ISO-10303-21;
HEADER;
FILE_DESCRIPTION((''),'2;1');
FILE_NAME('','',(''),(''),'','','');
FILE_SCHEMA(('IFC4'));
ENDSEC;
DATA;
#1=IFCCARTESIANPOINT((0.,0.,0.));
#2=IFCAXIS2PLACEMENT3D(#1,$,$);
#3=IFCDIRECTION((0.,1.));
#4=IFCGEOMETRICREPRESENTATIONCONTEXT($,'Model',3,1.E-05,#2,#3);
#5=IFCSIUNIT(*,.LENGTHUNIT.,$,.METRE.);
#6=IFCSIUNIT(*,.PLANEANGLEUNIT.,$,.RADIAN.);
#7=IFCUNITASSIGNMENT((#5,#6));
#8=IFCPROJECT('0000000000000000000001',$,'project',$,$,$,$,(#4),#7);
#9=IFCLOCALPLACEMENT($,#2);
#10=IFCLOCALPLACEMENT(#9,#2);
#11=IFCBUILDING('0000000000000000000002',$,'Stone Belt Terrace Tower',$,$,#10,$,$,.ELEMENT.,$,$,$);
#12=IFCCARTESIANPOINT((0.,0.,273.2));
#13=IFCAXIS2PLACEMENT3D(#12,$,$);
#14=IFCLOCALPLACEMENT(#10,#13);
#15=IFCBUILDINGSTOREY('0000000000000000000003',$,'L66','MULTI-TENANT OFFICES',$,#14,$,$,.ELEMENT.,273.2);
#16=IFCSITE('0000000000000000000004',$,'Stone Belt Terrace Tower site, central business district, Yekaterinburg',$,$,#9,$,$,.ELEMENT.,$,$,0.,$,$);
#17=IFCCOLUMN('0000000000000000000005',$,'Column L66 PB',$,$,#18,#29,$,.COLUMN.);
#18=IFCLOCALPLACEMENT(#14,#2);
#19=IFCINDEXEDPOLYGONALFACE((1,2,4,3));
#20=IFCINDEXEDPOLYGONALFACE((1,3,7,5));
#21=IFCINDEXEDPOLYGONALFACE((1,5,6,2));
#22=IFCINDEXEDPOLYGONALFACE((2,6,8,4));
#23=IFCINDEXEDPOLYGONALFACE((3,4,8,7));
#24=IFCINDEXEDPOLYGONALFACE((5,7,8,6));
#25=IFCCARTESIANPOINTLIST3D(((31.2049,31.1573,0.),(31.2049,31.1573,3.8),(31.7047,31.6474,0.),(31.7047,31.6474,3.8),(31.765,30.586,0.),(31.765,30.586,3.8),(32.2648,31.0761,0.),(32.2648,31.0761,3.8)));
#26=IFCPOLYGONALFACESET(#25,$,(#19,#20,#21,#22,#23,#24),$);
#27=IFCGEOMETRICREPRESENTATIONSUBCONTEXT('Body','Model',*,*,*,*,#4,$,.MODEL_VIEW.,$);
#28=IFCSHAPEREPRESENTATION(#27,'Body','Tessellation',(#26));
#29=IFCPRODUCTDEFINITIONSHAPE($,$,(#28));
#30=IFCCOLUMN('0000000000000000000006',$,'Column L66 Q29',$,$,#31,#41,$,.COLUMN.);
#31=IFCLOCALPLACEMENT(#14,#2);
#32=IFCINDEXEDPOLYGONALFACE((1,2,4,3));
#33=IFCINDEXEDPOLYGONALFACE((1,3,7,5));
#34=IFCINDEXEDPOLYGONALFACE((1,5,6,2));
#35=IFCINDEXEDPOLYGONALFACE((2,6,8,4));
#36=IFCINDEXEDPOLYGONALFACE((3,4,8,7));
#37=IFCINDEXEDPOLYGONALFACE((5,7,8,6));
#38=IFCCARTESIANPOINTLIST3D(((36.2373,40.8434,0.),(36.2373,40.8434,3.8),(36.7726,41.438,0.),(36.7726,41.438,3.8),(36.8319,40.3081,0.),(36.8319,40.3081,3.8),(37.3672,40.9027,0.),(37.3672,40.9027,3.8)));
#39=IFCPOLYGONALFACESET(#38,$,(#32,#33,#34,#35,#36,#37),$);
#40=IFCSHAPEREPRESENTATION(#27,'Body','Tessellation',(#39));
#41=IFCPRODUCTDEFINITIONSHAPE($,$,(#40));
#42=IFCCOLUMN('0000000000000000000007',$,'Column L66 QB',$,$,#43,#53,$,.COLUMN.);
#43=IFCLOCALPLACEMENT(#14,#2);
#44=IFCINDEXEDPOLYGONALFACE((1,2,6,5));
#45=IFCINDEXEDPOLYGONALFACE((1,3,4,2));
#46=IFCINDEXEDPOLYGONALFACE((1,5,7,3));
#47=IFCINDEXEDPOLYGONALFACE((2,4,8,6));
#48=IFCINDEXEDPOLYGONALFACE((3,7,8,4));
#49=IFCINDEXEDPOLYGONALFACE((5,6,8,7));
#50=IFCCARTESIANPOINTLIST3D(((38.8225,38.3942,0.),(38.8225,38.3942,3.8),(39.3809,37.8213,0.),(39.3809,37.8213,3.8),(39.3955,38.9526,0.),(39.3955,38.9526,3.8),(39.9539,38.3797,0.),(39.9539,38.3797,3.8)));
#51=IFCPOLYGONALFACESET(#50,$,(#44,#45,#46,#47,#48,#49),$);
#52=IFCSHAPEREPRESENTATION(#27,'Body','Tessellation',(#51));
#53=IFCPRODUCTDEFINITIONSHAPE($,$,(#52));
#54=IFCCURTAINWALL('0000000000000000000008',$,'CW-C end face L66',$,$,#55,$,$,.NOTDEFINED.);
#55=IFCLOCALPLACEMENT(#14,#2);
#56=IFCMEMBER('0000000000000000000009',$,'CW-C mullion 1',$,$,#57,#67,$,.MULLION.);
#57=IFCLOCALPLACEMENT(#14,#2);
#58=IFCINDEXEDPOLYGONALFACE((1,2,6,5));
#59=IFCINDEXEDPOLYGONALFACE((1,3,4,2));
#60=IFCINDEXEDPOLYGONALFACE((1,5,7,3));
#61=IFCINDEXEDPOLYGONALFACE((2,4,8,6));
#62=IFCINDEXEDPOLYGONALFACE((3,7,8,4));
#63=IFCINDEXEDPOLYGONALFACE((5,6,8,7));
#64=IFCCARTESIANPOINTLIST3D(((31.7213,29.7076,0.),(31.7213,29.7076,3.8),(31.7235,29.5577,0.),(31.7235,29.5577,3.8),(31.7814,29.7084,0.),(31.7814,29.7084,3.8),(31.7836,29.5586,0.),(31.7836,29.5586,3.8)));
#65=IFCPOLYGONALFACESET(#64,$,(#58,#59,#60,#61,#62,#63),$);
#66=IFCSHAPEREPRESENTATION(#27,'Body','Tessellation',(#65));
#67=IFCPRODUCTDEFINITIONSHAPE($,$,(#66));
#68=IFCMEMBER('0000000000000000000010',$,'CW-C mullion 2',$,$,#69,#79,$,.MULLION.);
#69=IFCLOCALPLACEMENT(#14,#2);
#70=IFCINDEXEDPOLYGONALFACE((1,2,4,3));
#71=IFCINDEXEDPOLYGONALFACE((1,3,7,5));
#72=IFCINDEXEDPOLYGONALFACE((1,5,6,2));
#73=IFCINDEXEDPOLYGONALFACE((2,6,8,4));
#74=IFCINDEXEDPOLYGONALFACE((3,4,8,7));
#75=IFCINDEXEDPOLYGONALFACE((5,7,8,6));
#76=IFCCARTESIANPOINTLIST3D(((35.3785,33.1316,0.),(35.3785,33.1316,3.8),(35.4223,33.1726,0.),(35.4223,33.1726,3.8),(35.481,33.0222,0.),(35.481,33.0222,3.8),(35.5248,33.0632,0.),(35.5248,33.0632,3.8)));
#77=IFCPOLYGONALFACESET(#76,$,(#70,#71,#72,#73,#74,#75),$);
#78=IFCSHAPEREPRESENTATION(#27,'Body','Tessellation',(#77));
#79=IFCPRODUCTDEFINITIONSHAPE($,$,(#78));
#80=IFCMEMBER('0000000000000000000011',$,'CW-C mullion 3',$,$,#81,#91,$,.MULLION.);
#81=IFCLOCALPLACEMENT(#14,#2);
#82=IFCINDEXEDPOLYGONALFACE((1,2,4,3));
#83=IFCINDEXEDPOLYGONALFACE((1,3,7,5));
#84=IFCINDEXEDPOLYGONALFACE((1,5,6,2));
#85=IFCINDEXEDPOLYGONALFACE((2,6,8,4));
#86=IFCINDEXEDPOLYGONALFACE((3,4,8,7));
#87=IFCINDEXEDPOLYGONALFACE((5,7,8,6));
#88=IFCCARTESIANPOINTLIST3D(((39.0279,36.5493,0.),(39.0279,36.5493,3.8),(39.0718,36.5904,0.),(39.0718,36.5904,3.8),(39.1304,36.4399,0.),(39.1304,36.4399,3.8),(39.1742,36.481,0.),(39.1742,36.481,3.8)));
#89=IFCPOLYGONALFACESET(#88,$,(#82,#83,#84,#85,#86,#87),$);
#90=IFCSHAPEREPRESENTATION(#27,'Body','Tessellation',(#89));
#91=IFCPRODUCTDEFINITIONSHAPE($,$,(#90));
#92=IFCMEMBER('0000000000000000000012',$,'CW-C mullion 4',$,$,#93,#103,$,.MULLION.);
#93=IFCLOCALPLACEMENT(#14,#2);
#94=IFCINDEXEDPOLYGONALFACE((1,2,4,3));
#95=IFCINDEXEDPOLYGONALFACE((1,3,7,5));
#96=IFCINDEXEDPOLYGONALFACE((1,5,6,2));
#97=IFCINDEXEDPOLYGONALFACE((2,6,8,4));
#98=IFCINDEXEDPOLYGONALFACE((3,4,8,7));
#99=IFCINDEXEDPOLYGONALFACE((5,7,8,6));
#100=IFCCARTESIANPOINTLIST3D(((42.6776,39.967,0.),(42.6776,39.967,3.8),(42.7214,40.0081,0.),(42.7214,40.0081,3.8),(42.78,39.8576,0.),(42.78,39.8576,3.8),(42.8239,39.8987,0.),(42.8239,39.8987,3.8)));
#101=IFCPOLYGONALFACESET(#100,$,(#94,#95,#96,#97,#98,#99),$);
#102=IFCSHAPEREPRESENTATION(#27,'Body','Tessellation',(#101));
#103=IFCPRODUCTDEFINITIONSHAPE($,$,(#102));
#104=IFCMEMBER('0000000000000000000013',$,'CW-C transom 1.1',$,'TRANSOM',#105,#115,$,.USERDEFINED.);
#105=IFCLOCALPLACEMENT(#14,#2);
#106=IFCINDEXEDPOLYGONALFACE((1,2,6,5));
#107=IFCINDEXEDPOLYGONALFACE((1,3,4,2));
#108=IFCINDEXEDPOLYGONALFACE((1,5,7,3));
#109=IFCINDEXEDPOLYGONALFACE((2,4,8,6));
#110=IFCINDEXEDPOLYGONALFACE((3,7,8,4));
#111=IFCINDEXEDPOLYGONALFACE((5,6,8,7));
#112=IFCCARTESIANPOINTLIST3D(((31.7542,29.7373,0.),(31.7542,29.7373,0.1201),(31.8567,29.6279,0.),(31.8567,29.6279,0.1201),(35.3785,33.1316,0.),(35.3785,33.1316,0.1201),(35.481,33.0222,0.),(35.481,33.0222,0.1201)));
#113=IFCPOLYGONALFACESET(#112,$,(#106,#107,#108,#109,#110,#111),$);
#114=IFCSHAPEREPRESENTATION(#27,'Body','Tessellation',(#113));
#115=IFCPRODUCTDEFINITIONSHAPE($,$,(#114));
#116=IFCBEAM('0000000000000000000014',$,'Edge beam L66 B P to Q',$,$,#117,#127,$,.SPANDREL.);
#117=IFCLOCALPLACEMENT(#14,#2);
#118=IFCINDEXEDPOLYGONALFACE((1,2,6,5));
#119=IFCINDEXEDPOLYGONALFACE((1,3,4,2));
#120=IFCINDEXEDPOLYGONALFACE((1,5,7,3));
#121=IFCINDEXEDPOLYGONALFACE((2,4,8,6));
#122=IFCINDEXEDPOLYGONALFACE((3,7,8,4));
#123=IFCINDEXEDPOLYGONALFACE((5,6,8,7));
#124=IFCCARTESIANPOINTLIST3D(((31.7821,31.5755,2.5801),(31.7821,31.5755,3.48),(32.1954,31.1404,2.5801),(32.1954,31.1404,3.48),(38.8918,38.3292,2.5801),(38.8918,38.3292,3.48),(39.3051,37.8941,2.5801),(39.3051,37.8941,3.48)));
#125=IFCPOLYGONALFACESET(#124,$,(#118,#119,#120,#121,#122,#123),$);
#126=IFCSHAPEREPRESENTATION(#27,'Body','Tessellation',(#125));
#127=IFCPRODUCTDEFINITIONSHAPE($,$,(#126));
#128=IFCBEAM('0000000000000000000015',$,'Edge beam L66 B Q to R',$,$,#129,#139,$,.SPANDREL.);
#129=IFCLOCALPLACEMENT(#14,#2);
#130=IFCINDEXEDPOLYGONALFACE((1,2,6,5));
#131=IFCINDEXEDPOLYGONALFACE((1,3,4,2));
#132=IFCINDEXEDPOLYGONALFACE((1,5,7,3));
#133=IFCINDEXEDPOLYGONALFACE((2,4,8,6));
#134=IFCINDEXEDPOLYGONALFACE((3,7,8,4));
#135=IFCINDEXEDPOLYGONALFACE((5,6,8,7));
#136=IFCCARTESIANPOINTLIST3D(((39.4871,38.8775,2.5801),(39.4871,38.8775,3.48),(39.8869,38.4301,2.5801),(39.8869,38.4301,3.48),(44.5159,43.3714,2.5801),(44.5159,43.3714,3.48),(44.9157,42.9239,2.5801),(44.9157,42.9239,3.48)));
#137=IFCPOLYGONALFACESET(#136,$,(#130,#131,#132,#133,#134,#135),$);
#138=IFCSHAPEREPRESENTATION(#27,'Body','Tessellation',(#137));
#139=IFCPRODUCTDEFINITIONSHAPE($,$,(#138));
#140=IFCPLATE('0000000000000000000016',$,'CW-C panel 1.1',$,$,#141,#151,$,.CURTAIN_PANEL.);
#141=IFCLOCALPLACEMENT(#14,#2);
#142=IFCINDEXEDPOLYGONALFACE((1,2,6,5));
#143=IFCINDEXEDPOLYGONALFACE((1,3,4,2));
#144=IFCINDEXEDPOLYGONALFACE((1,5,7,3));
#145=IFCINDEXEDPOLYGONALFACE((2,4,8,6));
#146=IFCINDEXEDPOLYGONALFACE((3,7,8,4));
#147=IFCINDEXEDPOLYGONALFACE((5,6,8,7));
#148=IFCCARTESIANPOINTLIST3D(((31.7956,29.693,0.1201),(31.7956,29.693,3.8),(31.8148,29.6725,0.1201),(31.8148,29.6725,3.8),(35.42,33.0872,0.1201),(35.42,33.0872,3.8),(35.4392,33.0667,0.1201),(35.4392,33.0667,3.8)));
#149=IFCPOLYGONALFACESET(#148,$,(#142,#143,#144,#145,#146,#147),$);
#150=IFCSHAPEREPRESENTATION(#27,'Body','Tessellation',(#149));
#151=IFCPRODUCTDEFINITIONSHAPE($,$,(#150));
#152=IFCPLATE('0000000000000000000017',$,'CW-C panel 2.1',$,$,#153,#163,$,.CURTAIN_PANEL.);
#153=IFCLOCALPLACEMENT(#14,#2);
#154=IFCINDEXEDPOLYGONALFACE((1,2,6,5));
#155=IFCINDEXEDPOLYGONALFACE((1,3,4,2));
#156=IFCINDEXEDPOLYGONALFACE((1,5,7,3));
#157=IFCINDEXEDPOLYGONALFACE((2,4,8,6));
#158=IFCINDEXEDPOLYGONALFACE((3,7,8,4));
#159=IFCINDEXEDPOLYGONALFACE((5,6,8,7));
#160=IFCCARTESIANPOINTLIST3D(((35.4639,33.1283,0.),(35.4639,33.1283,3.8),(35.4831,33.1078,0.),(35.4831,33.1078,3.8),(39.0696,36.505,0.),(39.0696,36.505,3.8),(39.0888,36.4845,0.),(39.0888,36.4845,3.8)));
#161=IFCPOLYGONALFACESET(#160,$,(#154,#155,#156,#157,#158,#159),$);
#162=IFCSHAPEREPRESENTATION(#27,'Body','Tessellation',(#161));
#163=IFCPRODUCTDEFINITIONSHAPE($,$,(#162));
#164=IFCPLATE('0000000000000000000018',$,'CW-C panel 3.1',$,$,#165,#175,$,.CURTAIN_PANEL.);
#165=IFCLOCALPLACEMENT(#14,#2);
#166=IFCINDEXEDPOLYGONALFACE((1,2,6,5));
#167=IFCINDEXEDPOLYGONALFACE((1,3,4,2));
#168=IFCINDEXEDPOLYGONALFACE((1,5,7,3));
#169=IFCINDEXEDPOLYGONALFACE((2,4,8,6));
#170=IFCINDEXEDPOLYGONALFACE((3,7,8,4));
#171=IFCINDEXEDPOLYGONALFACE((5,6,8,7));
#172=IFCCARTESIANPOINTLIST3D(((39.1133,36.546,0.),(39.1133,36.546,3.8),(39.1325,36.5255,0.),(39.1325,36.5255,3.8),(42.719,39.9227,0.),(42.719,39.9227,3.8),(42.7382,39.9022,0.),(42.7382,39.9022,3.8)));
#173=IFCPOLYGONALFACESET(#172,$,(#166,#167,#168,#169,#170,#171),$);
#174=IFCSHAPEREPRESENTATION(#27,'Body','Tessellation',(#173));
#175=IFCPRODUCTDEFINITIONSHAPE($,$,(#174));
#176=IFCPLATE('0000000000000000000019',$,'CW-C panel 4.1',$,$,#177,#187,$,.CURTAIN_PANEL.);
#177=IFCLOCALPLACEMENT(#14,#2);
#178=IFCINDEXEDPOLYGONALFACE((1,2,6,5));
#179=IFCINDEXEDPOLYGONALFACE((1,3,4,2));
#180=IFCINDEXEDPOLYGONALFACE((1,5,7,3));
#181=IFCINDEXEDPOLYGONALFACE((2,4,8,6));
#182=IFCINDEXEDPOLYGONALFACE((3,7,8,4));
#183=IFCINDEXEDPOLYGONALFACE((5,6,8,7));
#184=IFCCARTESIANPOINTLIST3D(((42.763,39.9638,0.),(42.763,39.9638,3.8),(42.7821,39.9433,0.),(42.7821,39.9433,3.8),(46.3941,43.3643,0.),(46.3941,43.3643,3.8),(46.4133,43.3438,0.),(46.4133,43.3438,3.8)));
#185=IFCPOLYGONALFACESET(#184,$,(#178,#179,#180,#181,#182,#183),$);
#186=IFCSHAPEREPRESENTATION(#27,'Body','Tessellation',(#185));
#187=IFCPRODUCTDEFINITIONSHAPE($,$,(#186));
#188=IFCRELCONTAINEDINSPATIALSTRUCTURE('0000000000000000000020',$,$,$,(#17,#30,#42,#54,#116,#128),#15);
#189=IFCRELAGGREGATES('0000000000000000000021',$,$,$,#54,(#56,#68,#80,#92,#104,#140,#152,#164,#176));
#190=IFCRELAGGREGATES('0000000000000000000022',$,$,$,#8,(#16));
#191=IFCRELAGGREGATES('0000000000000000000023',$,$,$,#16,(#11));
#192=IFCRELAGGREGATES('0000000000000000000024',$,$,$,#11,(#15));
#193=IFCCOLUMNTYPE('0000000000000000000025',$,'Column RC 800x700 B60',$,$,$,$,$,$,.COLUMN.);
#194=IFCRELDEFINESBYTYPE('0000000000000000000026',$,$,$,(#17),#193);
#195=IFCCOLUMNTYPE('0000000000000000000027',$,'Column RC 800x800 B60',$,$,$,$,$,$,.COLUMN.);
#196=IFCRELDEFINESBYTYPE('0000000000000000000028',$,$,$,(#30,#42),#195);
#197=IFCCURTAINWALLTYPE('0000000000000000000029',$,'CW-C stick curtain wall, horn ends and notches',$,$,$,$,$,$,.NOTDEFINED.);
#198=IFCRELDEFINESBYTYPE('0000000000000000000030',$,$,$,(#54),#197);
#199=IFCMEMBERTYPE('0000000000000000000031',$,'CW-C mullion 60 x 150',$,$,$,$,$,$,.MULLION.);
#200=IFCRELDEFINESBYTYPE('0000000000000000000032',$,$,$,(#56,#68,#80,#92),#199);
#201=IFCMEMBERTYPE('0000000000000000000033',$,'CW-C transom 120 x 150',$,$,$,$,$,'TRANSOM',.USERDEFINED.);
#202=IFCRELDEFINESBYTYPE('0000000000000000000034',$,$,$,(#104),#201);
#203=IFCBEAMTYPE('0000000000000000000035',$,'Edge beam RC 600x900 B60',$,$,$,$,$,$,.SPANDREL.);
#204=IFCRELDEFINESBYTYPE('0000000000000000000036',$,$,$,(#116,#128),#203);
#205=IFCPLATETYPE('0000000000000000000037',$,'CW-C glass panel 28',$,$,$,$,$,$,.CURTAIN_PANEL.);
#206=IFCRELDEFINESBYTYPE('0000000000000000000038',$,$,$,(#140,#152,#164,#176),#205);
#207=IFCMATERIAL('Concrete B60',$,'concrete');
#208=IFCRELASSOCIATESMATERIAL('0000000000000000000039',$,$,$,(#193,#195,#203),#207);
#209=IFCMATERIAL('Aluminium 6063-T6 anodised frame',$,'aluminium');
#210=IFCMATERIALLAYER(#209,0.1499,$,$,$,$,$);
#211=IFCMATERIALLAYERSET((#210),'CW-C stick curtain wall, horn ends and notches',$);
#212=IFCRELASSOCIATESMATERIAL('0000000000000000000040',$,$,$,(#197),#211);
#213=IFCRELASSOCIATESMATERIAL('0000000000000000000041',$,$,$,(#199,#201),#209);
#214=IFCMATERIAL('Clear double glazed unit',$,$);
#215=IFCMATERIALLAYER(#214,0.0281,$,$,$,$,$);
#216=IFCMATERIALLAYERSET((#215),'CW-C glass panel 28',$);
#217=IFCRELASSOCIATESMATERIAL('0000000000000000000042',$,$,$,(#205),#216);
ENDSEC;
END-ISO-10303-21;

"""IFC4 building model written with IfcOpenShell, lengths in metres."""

from ifc_helpers import new_model, si_unit, direction, frame, origin, origin_2d, place, context, subcontext, project, spatial, rectangle, extrude, material, layer, layer_set, material_profile, profile_set, type_object, element, aggregate, save


model = new_model("IFC4")

# Units and contexts
model_context = context("Model", 3, precision=1e-05, world=origin(), true_north=direction((0.0, 1.0)))
body_context = subcontext(model_context, "Body", "Model", "MODEL_VIEW")
ifc_project = project(units=[si_unit("LENGTHUNIT", "METRE"), si_unit("PLANEANGLEUNIT", "RADIAN")], contexts=[model_context])

# Site, building, storey
site_placement = place(None, origin())
site = spatial("IfcSite", under=ifc_project, at=site_placement, Name="Stone Belt Terrace Tower site, central business district, Yekaterinburg", CompositionType="ELEMENT", RefElevation=0.0)
building_placement = place(site_placement, origin())
building = spatial("IfcBuilding", under=site, at=building_placement, Name="Stone Belt Terrace Tower", CompositionType="ELEMENT")
storey_placement = place(building_placement, frame((0.0, 0.0, 273.2)))
storey = spatial("IfcBuildingStorey", under=building, at=storey_placement, Name="L66", Description="MULTI-TENANT OFFICES", CompositionType="ELEMENT", Elevation=273.2)

# Columns
ifc_material_1 = material(Name="Concrete B60", Category="concrete")
ifc_material_profile_1 = material_profile(ifc_material_1, rectangle(XDim=0.8, YDim=0.7, at=origin_2d()), Name="RC 800x700")
ifc_profile_set_1 = profile_set([ifc_material_profile_1], Name="Concrete B60")
column_type_1 = type_object("IfcColumnType", Name="Column RC 800x700 B60", PredefinedType="COLUMN", material=ifc_profile_set_1)
column_placement = place(storey_placement, frame((31.7349, 31.1167, 0.0), z_axis=(0.0, 0.0, 1.0), x_axis=(0.70012, -0.714026, 0.0)))
element("IfcColumn", 1, at=column_placement, inside=storey, type_object=column_type_1, Name="Column L66 PB", PredefinedType="COLUMN", context=body_context, shape_type="SweptSolid", body=[
    extrude(rectangle(XDim=0.8, YDim=0.7, at=origin_2d()), origin(), (0.0, 0.0, 1.0), 3.8),
])
ifc_material_profile_2 = material_profile(ifc_material_1, rectangle(XDim=0.8, YDim=0.8, at=origin_2d()), Name="RC 800x800")
ifc_profile_set_2 = profile_set([ifc_material_profile_2], Name="Concrete B60")
column_type_2 = type_object("IfcColumnType", Name="Column RC 800x800 B60", PredefinedType="COLUMN", material=ifc_profile_set_2)
for number, where, z_axis, x_axis, name in (
    (2, (36.8022, 40.873, 0.0), (0.0, 0.0, 1.0), (0.743145, -0.669131, 0.0), "Column L66 Q29"),
    (3, (39.3882, 38.387, 0.0), (0.0, 0.0, 1.0), (0.697944, -0.716152, 0.0), "Column L66 QB"),
):
    element("IfcColumn", number, at=place(storey_placement, frame(where, z_axis=z_axis, x_axis=x_axis)), inside=storey, type_object=column_type_2, Name=name, PredefinedType="COLUMN", context=body_context, shape_type="SweptSolid", body=[
        extrude(rectangle(XDim=0.8, YDim=0.8, at=origin_2d()), origin(), (0.0, 0.0, 1.0), 3.8),
    ])

# Curtain wall, members
ifc_material_2 = material(Name="Aluminium 6063-T6 anodised frame", Category="aluminium")
ifc_layer_1 = layer(ifc_material_2, 0.1499)
ifc_layer_set_1 = layer_set([ifc_layer_1], Name="CW-C stick curtain wall, horn ends and notches")
curtain_wall_type = type_object("IfcCurtainWallType", Name="CW-C stick curtain wall, horn ends and notches", PredefinedType="NOTDEFINED", material=ifc_layer_set_1)
curtain_wall_placement = place(storey_placement, origin())
curtain_wall = element("IfcCurtainWall", 4, at=curtain_wall_placement, inside=storey, type_object=curtain_wall_type, Name="CW-C end face L66", PredefinedType="NOTDEFINED")
ifc_material_profile_3 = material_profile(ifc_material_2, rectangle(XDim=0.1499, YDim=0.0601, at=origin_2d()), Name="Aluminium 6063-T6 60x150")
ifc_profile_set_3 = profile_set([ifc_material_profile_3], Name="Aluminium 6063-T6 anodised frame")
member_type_1 = type_object("IfcMemberType", Name="CW-C mullion 60 x 150", PredefinedType="MULLION", material=ifc_profile_set_3)
member_1_placement = place(storey_placement, frame((31.7524, 29.6331, 0.0), z_axis=(0.0, 0.0, 1.0), x_axis=(-0.014682, 0.999892, 0.0)))
member_1 = element("IfcMember", 5, at=member_1_placement, type_object=member_type_1, Name="CW-C mullion 1", PredefinedType="MULLION", context=body_context, shape_type="SweptSolid", body=[
    extrude(rectangle(XDim=0.1499, YDim=0.0601, at=origin_2d()), origin(), (0.0, 0.0, 1.0), 3.8),
])
member_2_placement = place(storey_placement, frame((35.4517, 33.0974, 0.0), z_axis=(0.0, 0.0, 1.0), x_axis=(-0.683549, 0.729904, 0.0)))
member_2 = element("IfcMember", 6, at=member_2_placement, type_object=member_type_1, Name="CW-C mullion 2", PredefinedType="MULLION", context=body_context, shape_type="SweptSolid", body=[
    extrude(rectangle(XDim=0.1499, YDim=0.0601, at=origin_2d()), origin(), (0.0, 0.0, 1.0), 3.8),
])
member_3_placement = place(storey_placement, frame((39.1011, 36.5151, 0.0), z_axis=(0.0, 0.0, 1.0), x_axis=(-0.683549, 0.729904, 0.0)))
member_3 = element("IfcMember", 7, at=member_3_placement, type_object=member_type_1, Name="CW-C mullion 3", PredefinedType="MULLION", context=body_context, shape_type="SweptSolid", body=[
    extrude(rectangle(XDim=0.1499, YDim=0.0601, at=origin_2d()), origin(), (0.0, 0.0, 1.0), 3.8),
])
member_4_placement = place(storey_placement, frame((42.7507, 39.9329, 0.0), z_axis=(0.0, 0.0, 1.0), x_axis=(-0.683549, 0.729904, 0.0)))
member_4 = element("IfcMember", 8, at=member_4_placement, type_object=member_type_1, Name="CW-C mullion 4", PredefinedType="MULLION", context=body_context, shape_type="SweptSolid", body=[
    extrude(rectangle(XDim=0.1499, YDim=0.0601, at=origin_2d()), origin(), (0.0, 0.0, 1.0), 3.8),
])
ifc_material_profile_4 = material_profile(ifc_material_2, rectangle(XDim=0.1499, YDim=0.1201, at=origin_2d()), Name="Aluminium 6063-T6 150x120")
ifc_profile_set_4 = profile_set([ifc_material_profile_4], Name="Aluminium 6063-T6 anodised frame")
member_type_2 = type_object("IfcMemberType", Name="CW-C transom 120 x 150", ElementType="TRANSOM", PredefinedType="USERDEFINED", material=ifc_profile_set_4)
member_5_placement = place(storey_placement, frame((31.8054, 29.6826, 0.0601), z_axis=(0.729885, 0.68357, 0.0), x_axis=(-0.68357, 0.729885, 0.0)))
member_5 = element("IfcMember", 9, at=member_5_placement, type_object=member_type_2, Name="CW-C transom 1.1", ObjectType="TRANSOM", PredefinedType="USERDEFINED", context=body_context, shape_type="SweptSolid", body=[
    extrude(rectangle(XDim=0.1499, YDim=0.1201, at=origin_2d()), origin(), (0.0, 0.0, 1.0), 4.9656),
])

# Beams
ifc_material_profile_5 = material_profile(ifc_material_1, rectangle(XDim=0.6001, YDim=0.8999, at=origin_2d()), Name="RC 600x900")
ifc_profile_set_5 = profile_set([ifc_material_profile_5], Name="Concrete B60")
beam_type = type_object("IfcBeamType", Name="Edge beam RC 600x900 B60", PredefinedType="SPANDREL", material=ifc_profile_set_5)
beam_1_placement = place(storey_placement, frame((31.9888, 31.3579, 3.03), z_axis=(0.725024, 0.688724, 0.0), x_axis=(-0.688724, 0.725024, 0.0)))
element("IfcBeam", 10, at=beam_1_placement, inside=storey, type_object=beam_type, Name="Edge beam L66 B P to Q", PredefinedType="SPANDREL", context=body_context, shape_type="SweptSolid", body=[
    extrude(rectangle(XDim=0.6001, YDim=0.8999, at=origin_2d()), origin(), (0.0, 0.0, 1.0), 9.8062),
])
beam_2_placement = place(storey_placement, frame((39.687, 38.6538, 3.03), z_axis=(0.745651, 0.666337, 0.0), x_axis=(-0.666337, 0.745651, 0.0)))
element("IfcBeam", 11, at=beam_2_placement, inside=storey, type_object=beam_type, Name="Edge beam L66 B Q to R", PredefinedType="SPANDREL", context=body_context, shape_type="SweptSolid", body=[
    extrude(rectangle(XDim=0.6001, YDim=0.8999, at=origin_2d()), origin(), (0.0, 0.0, 1.0), 6.7441),
])

# Plates
ifc_material_3 = material(Name="Clear double glazed unit")
ifc_layer_2 = layer(ifc_material_3, 0.0281)
ifc_layer_set_2 = layer_set([ifc_layer_2], Name="CW-C glass panel 28")
plate_type = type_object("IfcPlateType", Name="CW-C glass panel 28", PredefinedType="CURTAIN_PANEL", material=ifc_layer_set_2)
plate_1_placement = place(storey_placement, frame((33.6174, 31.3799, 0.1201), z_axis=(0.0, 0.0, 1.0), x_axis=(0.729904, 0.683549, 0.0)))
plate_1 = element("IfcPlate", 12, at=plate_1_placement, type_object=plate_type, Name="CW-C panel 1.1", PredefinedType="CURTAIN_PANEL", context=body_context, shape_type="SweptSolid", body=[
    extrude(rectangle(XDim=4.9656, YDim=0.0281, at=origin_2d()), origin(), (0.0, 0.0, 1.0), 3.6799),
])
plate_2_placement = place(storey_placement, frame((37.2764, 34.8064, 0.0), z_axis=(0.0, 0.0, 1.0), x_axis=(0.729904, 0.683549, 0.0)))
plate_2 = element("IfcPlate", 13, at=plate_2_placement, type_object=plate_type, Name="CW-C panel 2.1", PredefinedType="CURTAIN_PANEL", context=body_context, shape_type="SweptSolid", body=[
    extrude(rectangle(XDim=4.9399, YDim=0.0281, at=origin_2d()), origin(), (0.0, 0.0, 1.0), 3.8),
])
plate_3_placement = place(storey_placement, frame((40.9258, 38.2241, 0.0), z_axis=(0.0, 0.0, 1.0), x_axis=(0.729904, 0.683549, 0.0)))
plate_3 = element("IfcPlate", 14, at=plate_3_placement, type_object=plate_type, Name="CW-C panel 3.1", PredefinedType="CURTAIN_PANEL", context=body_context, shape_type="SweptSolid", body=[
    extrude(rectangle(XDim=4.9399, YDim=0.0281, at=origin_2d()), origin(), (0.0, 0.0, 1.0), 3.8),
])
plate_4_placement = place(storey_placement, frame((44.5881, 41.6538, 0.0), z_axis=(0.0, 0.0, 1.0), x_axis=(0.729904, 0.683549, 0.0)))
plate_4 = element("IfcPlate", 15, at=plate_4_placement, type_object=plate_type, Name="CW-C panel 4.1", PredefinedType="CURTAIN_PANEL", context=body_context, shape_type="SweptSolid", body=[
    extrude(rectangle(XDim=4.9749, YDim=0.0281, at=origin_2d()), origin(), (0.0, 0.0, 1.0), 3.8),
])
aggregate(curtain_wall, [member_1, member_2, member_3, member_4, member_5, plate_1, plate_2, plate_3, plate_4])

save(model, "model.ifc")
